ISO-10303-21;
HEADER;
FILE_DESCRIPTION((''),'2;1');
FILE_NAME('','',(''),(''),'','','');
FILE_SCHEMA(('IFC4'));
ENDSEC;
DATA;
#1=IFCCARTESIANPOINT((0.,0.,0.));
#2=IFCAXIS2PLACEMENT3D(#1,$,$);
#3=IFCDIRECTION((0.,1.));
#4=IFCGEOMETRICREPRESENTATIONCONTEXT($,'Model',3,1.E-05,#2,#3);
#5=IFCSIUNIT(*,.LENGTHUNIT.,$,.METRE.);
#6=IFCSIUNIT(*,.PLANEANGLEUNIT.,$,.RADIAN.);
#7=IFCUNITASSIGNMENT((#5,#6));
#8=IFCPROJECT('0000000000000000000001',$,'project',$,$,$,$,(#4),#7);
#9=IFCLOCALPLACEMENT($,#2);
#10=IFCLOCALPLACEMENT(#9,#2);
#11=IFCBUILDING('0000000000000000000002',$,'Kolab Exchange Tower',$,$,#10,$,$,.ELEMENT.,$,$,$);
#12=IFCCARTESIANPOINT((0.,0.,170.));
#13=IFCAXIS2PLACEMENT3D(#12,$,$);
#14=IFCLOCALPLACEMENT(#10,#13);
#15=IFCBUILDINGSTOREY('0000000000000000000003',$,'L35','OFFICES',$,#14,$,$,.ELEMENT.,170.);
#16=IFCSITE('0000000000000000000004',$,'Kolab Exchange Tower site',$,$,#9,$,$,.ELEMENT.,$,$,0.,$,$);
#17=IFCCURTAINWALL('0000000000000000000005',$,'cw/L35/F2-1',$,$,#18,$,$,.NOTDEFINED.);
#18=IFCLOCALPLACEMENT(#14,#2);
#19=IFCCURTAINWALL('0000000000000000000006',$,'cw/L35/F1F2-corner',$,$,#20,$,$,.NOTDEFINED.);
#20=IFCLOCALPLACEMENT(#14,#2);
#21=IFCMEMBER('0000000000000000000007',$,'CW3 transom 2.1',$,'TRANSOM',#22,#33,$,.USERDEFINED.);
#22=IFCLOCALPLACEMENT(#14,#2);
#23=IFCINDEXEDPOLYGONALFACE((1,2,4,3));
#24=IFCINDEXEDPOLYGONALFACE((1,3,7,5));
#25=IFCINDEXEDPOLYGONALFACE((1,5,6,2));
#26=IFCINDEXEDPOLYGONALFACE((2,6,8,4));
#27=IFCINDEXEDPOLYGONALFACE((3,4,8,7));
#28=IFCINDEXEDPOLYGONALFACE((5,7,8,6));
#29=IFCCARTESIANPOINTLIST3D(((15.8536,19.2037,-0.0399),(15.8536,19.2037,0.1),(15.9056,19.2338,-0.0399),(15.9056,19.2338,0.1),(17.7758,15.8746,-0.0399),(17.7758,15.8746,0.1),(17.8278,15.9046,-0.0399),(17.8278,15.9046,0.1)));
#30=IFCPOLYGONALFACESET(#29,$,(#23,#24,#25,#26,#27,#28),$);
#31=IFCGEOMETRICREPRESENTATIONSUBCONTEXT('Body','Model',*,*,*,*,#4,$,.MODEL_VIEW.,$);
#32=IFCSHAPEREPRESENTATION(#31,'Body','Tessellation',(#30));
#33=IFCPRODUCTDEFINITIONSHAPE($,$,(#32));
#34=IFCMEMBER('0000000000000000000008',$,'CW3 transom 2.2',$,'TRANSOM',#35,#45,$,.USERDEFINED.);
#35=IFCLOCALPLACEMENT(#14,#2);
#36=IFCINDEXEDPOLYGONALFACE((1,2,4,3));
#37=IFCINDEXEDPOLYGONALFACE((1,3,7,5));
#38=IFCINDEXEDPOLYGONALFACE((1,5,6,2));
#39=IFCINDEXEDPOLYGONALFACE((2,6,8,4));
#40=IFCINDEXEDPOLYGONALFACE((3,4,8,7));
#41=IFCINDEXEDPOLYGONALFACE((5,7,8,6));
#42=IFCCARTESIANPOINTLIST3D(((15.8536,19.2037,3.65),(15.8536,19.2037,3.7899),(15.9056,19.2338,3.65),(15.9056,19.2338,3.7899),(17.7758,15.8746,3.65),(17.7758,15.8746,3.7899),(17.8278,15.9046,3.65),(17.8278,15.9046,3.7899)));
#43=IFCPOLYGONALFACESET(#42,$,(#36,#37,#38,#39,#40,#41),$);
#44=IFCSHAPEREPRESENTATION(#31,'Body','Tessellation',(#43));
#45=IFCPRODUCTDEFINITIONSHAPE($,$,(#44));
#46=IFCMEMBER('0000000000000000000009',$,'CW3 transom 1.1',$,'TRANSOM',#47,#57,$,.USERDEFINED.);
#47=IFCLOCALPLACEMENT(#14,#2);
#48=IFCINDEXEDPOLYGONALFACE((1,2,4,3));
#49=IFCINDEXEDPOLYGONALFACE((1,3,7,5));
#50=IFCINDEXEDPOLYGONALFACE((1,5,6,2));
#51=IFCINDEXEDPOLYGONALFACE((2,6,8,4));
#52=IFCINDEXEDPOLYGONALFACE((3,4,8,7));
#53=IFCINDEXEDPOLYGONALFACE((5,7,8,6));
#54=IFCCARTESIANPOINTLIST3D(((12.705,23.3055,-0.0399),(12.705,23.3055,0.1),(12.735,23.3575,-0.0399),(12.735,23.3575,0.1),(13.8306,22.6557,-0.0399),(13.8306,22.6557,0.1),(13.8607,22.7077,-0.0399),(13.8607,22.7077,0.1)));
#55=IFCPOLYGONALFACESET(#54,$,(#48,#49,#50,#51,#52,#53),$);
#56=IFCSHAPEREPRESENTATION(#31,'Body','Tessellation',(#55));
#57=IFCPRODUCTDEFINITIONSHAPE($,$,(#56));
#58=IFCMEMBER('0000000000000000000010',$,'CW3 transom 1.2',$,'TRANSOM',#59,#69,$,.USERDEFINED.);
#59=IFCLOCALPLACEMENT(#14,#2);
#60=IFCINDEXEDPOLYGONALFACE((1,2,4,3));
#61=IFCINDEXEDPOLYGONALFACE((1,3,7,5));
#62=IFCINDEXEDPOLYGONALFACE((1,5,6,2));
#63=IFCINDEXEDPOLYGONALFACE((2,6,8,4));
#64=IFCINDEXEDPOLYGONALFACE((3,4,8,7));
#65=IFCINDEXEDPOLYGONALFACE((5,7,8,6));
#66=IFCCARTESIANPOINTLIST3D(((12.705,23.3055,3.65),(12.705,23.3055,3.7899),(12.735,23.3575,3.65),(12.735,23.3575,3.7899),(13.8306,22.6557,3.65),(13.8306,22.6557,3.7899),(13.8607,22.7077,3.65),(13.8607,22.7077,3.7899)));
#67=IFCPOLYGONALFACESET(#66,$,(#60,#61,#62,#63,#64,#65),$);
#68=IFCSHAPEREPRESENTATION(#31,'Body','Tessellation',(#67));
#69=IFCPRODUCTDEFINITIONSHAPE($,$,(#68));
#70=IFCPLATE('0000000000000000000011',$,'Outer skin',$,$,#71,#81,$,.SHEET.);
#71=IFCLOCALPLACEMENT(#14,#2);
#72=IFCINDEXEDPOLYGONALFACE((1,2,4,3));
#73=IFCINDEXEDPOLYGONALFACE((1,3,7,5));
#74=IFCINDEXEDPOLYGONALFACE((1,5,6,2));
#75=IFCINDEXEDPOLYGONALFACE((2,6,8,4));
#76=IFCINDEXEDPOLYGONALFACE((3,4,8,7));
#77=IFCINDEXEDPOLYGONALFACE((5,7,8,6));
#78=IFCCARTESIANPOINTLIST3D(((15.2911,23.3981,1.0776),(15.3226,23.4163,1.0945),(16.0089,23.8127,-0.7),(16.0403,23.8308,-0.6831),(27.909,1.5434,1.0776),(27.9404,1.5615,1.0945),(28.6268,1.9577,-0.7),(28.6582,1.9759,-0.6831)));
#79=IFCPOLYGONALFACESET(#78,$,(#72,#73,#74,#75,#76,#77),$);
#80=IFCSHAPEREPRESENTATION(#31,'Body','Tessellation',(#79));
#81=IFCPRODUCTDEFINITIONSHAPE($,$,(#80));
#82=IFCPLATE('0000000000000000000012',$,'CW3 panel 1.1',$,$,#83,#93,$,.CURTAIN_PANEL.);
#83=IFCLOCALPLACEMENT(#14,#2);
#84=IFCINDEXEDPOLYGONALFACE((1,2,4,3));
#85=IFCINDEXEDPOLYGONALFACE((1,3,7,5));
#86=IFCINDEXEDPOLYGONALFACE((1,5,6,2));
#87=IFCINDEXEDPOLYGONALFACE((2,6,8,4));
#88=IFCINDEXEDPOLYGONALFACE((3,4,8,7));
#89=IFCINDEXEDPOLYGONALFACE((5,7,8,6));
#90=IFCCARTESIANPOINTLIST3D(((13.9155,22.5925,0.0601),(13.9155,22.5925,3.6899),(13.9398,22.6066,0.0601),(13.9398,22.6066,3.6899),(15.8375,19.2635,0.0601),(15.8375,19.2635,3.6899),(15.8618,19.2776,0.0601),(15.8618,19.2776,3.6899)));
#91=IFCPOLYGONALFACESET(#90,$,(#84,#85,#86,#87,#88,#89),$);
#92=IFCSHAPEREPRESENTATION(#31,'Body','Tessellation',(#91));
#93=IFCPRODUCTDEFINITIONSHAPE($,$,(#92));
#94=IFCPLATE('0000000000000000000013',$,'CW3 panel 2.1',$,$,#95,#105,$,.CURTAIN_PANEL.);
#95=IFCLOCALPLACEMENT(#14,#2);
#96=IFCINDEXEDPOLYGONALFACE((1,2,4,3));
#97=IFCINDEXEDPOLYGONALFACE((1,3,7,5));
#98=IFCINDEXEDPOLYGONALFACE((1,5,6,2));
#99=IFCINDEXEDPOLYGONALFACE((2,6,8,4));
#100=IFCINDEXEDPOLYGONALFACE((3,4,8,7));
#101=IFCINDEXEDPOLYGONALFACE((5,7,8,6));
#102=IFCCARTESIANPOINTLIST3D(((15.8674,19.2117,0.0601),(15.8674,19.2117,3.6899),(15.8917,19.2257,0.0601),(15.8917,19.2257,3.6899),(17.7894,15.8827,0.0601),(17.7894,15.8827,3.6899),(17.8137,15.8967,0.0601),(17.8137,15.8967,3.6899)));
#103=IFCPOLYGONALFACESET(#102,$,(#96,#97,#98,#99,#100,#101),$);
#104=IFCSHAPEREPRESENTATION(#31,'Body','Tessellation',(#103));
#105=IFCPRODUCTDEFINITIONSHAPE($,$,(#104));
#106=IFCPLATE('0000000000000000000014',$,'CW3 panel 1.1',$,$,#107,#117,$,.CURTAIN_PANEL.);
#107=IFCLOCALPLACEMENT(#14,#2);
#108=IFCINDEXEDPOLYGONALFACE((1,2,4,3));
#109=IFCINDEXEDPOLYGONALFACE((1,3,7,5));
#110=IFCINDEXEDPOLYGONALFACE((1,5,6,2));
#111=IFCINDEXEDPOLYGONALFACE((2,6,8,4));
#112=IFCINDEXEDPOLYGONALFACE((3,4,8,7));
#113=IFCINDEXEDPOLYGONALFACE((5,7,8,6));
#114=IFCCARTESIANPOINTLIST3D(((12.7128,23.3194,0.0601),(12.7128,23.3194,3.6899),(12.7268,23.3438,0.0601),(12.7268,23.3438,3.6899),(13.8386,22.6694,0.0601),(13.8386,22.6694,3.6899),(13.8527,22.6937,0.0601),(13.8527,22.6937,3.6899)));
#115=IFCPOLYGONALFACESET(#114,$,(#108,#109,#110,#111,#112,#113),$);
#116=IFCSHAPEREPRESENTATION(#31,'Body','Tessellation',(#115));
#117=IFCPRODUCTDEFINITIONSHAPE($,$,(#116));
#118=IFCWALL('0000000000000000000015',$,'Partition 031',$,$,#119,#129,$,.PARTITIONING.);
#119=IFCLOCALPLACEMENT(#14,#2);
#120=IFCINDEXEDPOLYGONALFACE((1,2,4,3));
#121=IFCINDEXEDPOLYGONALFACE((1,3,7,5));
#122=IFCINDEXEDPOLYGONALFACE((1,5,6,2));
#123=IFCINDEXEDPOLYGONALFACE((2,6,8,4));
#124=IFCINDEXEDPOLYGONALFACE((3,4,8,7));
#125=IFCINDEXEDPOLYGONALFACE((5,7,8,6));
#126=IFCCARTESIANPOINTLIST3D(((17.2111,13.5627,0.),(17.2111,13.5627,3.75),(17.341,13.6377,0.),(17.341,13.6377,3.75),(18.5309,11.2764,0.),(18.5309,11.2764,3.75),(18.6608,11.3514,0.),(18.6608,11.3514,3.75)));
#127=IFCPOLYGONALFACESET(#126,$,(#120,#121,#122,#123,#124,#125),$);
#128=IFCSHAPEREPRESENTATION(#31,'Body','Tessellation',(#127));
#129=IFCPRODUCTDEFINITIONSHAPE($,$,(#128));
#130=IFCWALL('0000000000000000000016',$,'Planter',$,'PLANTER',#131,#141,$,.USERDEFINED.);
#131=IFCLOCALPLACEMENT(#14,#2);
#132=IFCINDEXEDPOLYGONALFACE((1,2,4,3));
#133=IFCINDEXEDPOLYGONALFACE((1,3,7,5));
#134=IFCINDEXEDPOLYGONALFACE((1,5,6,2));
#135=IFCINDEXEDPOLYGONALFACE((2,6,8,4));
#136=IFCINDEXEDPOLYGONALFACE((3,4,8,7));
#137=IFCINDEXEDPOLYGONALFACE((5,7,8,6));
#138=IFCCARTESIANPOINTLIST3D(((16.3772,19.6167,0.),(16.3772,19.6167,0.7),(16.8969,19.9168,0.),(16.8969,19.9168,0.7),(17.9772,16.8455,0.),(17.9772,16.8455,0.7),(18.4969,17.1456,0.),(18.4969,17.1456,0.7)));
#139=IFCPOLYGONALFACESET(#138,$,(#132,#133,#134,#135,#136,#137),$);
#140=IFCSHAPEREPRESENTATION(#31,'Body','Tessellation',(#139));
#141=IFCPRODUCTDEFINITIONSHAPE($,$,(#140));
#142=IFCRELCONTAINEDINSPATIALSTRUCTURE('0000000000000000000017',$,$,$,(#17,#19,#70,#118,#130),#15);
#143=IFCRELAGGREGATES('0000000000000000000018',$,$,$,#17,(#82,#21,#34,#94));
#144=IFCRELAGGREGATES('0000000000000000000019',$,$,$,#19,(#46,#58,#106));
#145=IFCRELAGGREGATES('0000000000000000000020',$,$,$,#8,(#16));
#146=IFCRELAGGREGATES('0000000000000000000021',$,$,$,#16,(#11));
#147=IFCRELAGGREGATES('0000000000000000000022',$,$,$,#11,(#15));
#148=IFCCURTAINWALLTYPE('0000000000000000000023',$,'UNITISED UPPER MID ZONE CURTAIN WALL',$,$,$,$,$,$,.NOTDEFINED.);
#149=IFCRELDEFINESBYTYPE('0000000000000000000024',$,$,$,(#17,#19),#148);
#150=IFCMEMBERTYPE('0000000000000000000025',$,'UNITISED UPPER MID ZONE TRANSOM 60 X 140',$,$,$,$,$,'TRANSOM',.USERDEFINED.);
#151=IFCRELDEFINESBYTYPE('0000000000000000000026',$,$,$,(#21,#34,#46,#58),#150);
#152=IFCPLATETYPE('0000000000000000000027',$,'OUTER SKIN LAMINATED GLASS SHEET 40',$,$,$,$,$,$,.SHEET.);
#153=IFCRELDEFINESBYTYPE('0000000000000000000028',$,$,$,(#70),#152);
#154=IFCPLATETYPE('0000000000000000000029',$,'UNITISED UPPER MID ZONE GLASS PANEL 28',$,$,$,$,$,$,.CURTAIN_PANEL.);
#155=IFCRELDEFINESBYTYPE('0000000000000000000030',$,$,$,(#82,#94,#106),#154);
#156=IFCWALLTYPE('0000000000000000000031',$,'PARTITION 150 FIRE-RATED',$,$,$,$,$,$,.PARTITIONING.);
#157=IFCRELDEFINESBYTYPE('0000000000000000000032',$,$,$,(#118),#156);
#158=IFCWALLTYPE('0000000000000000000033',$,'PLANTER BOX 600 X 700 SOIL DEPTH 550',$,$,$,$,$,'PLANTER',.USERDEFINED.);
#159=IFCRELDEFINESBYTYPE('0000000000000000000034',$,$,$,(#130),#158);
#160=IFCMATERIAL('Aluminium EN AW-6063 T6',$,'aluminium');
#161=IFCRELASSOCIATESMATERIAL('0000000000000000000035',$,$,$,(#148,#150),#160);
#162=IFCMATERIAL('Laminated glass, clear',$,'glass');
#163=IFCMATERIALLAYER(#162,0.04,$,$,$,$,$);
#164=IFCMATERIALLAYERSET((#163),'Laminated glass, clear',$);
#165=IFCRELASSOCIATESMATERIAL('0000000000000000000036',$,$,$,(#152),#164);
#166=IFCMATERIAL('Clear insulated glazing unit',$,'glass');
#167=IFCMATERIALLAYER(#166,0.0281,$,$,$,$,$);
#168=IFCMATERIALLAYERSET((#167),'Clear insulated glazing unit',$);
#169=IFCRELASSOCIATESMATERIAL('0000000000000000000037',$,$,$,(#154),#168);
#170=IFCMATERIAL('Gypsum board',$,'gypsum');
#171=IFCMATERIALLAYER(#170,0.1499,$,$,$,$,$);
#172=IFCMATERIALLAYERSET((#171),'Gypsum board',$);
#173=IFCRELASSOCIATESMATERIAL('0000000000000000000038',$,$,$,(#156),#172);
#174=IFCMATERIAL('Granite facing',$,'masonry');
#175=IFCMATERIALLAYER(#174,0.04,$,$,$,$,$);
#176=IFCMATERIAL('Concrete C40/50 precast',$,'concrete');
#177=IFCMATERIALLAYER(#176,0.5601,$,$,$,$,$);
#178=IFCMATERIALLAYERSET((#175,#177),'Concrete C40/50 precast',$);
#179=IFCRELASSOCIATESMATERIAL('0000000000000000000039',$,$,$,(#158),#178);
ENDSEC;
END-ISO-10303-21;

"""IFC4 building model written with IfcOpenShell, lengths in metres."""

from ifc_helpers import new_model, si_unit, direction, frame, frame_2d, origin, origin_2d, place, context, subcontext, project, spatial, polyline, rectangle, outline, extrude, material, layer, layer_set, material_profile, profile_set, type_object, element, aggregate, save


model = new_model("IFC4")

# Units and contexts
model_context = context("Model", 3, precision=1e-05, world=origin(), true_north=direction((0.0, 1.0)))
body_context = subcontext(model_context, "Body", "Model", "MODEL_VIEW")
ifc_project = project(units=[si_unit("LENGTHUNIT", "METRE"), si_unit("PLANEANGLEUNIT", "RADIAN")], contexts=[model_context])

# Site, building, storey
site_placement = place(None, origin())
site = spatial("IfcSite", under=ifc_project, at=site_placement, Name="Kolab Exchange Tower site", CompositionType="ELEMENT", RefElevation=0.0)
building_placement = place(site_placement, origin())
building = spatial("IfcBuilding", under=site, at=building_placement, Name="Kolab Exchange Tower", CompositionType="ELEMENT")
storey_placement = place(building_placement, frame((0.0, 0.0, 170.0)))
storey = spatial("IfcBuildingStorey", under=building, at=storey_placement, Name="L35", Description="OFFICES", CompositionType="ELEMENT", Elevation=170.0)

# Curtain walls
ifc_material_1 = material(Name="Aluminium EN AW-6063 T6", Category="aluminium")
curtain_wall_type = type_object("IfcCurtainWallType", Name="UNITISED UPPER MID ZONE CURTAIN WALL", PredefinedType="NOTDEFINED", material=ifc_material_1)
curtain_wall_1_placement = place(storey_placement, origin())
curtain_wall_1 = element("IfcCurtainWall", 1, at=curtain_wall_1_placement, inside=storey, type_object=curtain_wall_type, Name="cw/L35/F2-1", PredefinedType="NOTDEFINED")
curtain_wall_2_placement = place(storey_placement, origin())
curtain_wall_2 = element("IfcCurtainWall", 2, at=curtain_wall_2_placement, inside=storey, type_object=curtain_wall_type, Name="cw/L35/F1F2-corner", PredefinedType="NOTDEFINED")

# Members
ifc_material_profile_1 = material_profile(ifc_material_1, rectangle(XDim=0.0601, YDim=0.1399, at=origin_2d()), Name="RECT 60X140")
ifc_profile_set_1 = profile_set([ifc_material_profile_1], Name="Aluminium EN AW-6063 T6")
member_type_1 = type_object("IfcMemberType", Name="UNITISED UPPER MID ZONE TRANSOM 60 X 140", ElementType="TRANSOM", PredefinedType="USERDEFINED", material=ifc_profile_set_1)
member_1_placement = place(storey_placement, frame((15.8796, 19.2188, 0.03), z_axis=(0.500012, -0.866018, 0.0), x_axis=(0.866018, 0.500012, 0.0)))
member_1 = element("IfcMember", 3, at=member_1_placement, type_object=member_type_1, Name="CW3 transom 2.1", ObjectType="TRANSOM", PredefinedType="USERDEFINED", context=body_context, shape_type="SweptSolid", body=[
    extrude(rectangle(XDim=0.0601, YDim=0.1399, at=origin_2d()), origin(), (0.0, 0.0, 1.0), 3.8442),
])
member_2_placement = place(storey_placement, frame((15.8796, 19.2188, 3.72), z_axis=(0.500012, -0.866018, 0.0), x_axis=(0.866018, 0.500012, 0.0)))
member_2 = element("IfcMember", 4, at=member_2_placement, type_object=member_type_1, Name="CW3 transom 2.2", ObjectType="TRANSOM", PredefinedType="USERDEFINED", context=body_context, shape_type="SweptSolid", body=[
    extrude(rectangle(XDim=0.0601, YDim=0.1399, at=origin_2d()), origin(), (0.0, 0.0, 1.0), 3.8442),
])
member_3_placement = place(storey_placement, frame((12.72, 23.3315, 0.03), z_axis=(0.866039, -0.499977, 0.0), x_axis=(0.499977, 0.866039, 0.0)))
member_3 = element("IfcMember", 5, at=member_3_placement, type_object=member_type_1, Name="CW3 transom 1.1", ObjectType="TRANSOM", PredefinedType="USERDEFINED", context=body_context, shape_type="SweptSolid", body=[
    extrude(rectangle(XDim=0.0601, YDim=0.1399, at=origin_2d()), origin(), (0.0, 0.0, 1.0), 1.2998),
])
member_4_placement = place(storey_placement, frame((12.72, 23.3315, 3.72), z_axis=(0.866039, -0.499977, 0.0), x_axis=(0.499977, 0.866039, 0.0)))
member_4 = element("IfcMember", 6, at=member_4_placement, type_object=member_type_1, Name="CW3 transom 1.2", ObjectType="TRANSOM", PredefinedType="USERDEFINED", context=body_context, shape_type="SweptSolid", body=[
    extrude(rectangle(XDim=0.0601, YDim=0.1399, at=origin_2d()), origin(), (0.0, 0.0, 1.0), 1.2998),
])

# Plates
ifc_material_2 = material(Name="Laminated glass, clear", Category="glass")
ifc_layer_1 = layer(ifc_material_2, 0.04)
ifc_layer_set_1 = layer_set([ifc_layer_1], Name="Laminated glass, clear")
plate_type_1 = type_object("IfcPlateType", Name="OUTER SKIN LAMINATED GLASS SHEET 40", PredefinedType="SHEET", material=ifc_layer_set_1)
plate_1_placement = place(storey_placement, frame((16.0403, 23.8308, -0.6831), z_axis=(0.784899, 0.453162, 0.422585), x_axis=(0.5, -0.866025, 0.000001)))
element("IfcPlate", 7, at=plate_1_placement, inside=storey, type_object=plate_type_1, Name="Outer skin", PredefinedType="SHEET", context=body_context, shape_type="SweptSolid", body=[
    extrude(outline(polyline([(0.0, 0.0), (25.2359, 0.0), (25.2358, -1.9613), (0.0001, -1.9613), (0.0, 0.0)])), origin(), (0.0, 0.0, -1.0), 0.04),
])
ifc_material_3 = material(Name="Clear insulated glazing unit", Category="glass")
ifc_layer_2 = layer(ifc_material_3, 0.0281)
ifc_layer_set_2 = layer_set([ifc_layer_2], Name="Clear insulated glazing unit")
plate_type_2 = type_object("IfcPlateType", Name="UNITISED UPPER MID ZONE GLASS PANEL 28", PredefinedType="CURTAIN_PANEL", material=ifc_layer_set_2)
plate_2_placement = place(storey_placement, frame((14.8887, 20.9351, 0.0601), z_axis=(0.0, 0.0, 1.0), x_axis=(0.5, -0.866025, 0.0)))
plate_2 = element("IfcPlate", 8, at=plate_2_placement, type_object=plate_type_2, Name="CW3 panel 1.1", PredefinedType="CURTAIN_PANEL", context=body_context, shape_type="SweptSolid", body=[
    extrude(rectangle(XDim=3.844, YDim=0.0281, at=origin_2d()), origin(), (0.0, 0.0, 1.0), 3.6299),
])
plate_3_placement = place(storey_placement, frame((16.8406, 17.5542, 0.0601), z_axis=(0.0, 0.0, 1.0), x_axis=(0.5, -0.866025, 0.0)))
plate_3 = element("IfcPlate", 9, at=plate_3_placement, type_object=plate_type_2, Name="CW3 panel 2.1", PredefinedType="CURTAIN_PANEL", context=body_context, shape_type="SweptSolid", body=[
    extrude(rectangle(XDim=3.844, YDim=0.0281, at=origin_2d()), origin(), (0.0, 0.0, 1.0), 3.6299),
])
aggregate(curtain_wall_1, [plate_2, member_1, member_2, plate_3])
plate_4_placement = place(storey_placement, frame((13.2827, 23.0066, 0.0601), z_axis=(0.0, 0.0, 1.0), x_axis=(0.866025, -0.5, 0.0)))
plate_4 = element("IfcPlate", 10, at=plate_4_placement, type_object=plate_type_2, Name="CW3 panel 1.1", PredefinedType="CURTAIN_PANEL", context=body_context, shape_type="SweptSolid", body=[
    extrude(rectangle(XDim=1.3, YDim=0.0281, at=origin_2d()), origin(), (0.0, 0.0, 1.0), 3.6299),
])
aggregate(curtain_wall_2, [member_3, member_4, plate_4])

# Walls
ifc_material_4 = material(Name="Gypsum board", Category="gypsum")
ifc_layer_3 = layer(ifc_material_4, 0.1499)
ifc_layer_set_3 = layer_set([ifc_layer_3], Name="Gypsum board")
wall_type_1 = type_object("IfcWallType", Name="PARTITION 150 FIRE-RATED", PredefinedType="PARTITIONING", material=ifc_layer_set_3)
wall_1_placement = place(storey_placement, frame((17.2761, 13.6001, 0.0), z_axis=(0.0, 0.0, 1.0), x_axis=(0.499939, -0.866061, 0.0)))
element("IfcWall", 11, at=wall_1_placement, inside=storey, type_object=wall_type_1, Name="Partition 031", PredefinedType="PARTITIONING", context=body_context, shape_type="SweptSolid", body=[
    extrude(rectangle(XDim=2.6399, YDim=0.1499, at=frame_2d((1.3198, 0.0))), origin(), (0.0, 0.0, 1.0), 3.75),
])
ifc_material_5 = material(Name="Granite facing", Category="masonry")
ifc_layer_4 = layer(ifc_material_5, 0.04)
ifc_material_6 = material(Name="Concrete C40/50 precast", Category="concrete")
ifc_layer_5 = layer(ifc_material_6, 0.5601)
ifc_layer_set_4 = layer_set([ifc_layer_4, ifc_layer_5], Name="Concrete C40/50 precast")
wall_type_2 = type_object("IfcWallType", Name="PLANTER BOX 600 X 700 SOIL DEPTH 550", ElementType="PLANTER", PredefinedType="USERDEFINED", material=ifc_layer_set_4)
wall_2_placement = place(storey_placement, frame((16.637, 19.7668, 0.0), z_axis=(0.0, 0.0, 1.0), x_axis=(0.500028, -0.866009, 0.0)))
element("IfcWall", 12, at=wall_2_placement, inside=storey, type_object=wall_type_2, Name="Planter", ObjectType="PLANTER", PredefinedType="USERDEFINED", context=body_context, shape_type="SweptSolid", body=[
    extrude(rectangle(XDim=3.2, YDim=0.6001, at=frame_2d((1.6001, 0.0))), origin(), (0.0, 0.0, 1.0), 0.7),
])

save(model, "model.ifc")
